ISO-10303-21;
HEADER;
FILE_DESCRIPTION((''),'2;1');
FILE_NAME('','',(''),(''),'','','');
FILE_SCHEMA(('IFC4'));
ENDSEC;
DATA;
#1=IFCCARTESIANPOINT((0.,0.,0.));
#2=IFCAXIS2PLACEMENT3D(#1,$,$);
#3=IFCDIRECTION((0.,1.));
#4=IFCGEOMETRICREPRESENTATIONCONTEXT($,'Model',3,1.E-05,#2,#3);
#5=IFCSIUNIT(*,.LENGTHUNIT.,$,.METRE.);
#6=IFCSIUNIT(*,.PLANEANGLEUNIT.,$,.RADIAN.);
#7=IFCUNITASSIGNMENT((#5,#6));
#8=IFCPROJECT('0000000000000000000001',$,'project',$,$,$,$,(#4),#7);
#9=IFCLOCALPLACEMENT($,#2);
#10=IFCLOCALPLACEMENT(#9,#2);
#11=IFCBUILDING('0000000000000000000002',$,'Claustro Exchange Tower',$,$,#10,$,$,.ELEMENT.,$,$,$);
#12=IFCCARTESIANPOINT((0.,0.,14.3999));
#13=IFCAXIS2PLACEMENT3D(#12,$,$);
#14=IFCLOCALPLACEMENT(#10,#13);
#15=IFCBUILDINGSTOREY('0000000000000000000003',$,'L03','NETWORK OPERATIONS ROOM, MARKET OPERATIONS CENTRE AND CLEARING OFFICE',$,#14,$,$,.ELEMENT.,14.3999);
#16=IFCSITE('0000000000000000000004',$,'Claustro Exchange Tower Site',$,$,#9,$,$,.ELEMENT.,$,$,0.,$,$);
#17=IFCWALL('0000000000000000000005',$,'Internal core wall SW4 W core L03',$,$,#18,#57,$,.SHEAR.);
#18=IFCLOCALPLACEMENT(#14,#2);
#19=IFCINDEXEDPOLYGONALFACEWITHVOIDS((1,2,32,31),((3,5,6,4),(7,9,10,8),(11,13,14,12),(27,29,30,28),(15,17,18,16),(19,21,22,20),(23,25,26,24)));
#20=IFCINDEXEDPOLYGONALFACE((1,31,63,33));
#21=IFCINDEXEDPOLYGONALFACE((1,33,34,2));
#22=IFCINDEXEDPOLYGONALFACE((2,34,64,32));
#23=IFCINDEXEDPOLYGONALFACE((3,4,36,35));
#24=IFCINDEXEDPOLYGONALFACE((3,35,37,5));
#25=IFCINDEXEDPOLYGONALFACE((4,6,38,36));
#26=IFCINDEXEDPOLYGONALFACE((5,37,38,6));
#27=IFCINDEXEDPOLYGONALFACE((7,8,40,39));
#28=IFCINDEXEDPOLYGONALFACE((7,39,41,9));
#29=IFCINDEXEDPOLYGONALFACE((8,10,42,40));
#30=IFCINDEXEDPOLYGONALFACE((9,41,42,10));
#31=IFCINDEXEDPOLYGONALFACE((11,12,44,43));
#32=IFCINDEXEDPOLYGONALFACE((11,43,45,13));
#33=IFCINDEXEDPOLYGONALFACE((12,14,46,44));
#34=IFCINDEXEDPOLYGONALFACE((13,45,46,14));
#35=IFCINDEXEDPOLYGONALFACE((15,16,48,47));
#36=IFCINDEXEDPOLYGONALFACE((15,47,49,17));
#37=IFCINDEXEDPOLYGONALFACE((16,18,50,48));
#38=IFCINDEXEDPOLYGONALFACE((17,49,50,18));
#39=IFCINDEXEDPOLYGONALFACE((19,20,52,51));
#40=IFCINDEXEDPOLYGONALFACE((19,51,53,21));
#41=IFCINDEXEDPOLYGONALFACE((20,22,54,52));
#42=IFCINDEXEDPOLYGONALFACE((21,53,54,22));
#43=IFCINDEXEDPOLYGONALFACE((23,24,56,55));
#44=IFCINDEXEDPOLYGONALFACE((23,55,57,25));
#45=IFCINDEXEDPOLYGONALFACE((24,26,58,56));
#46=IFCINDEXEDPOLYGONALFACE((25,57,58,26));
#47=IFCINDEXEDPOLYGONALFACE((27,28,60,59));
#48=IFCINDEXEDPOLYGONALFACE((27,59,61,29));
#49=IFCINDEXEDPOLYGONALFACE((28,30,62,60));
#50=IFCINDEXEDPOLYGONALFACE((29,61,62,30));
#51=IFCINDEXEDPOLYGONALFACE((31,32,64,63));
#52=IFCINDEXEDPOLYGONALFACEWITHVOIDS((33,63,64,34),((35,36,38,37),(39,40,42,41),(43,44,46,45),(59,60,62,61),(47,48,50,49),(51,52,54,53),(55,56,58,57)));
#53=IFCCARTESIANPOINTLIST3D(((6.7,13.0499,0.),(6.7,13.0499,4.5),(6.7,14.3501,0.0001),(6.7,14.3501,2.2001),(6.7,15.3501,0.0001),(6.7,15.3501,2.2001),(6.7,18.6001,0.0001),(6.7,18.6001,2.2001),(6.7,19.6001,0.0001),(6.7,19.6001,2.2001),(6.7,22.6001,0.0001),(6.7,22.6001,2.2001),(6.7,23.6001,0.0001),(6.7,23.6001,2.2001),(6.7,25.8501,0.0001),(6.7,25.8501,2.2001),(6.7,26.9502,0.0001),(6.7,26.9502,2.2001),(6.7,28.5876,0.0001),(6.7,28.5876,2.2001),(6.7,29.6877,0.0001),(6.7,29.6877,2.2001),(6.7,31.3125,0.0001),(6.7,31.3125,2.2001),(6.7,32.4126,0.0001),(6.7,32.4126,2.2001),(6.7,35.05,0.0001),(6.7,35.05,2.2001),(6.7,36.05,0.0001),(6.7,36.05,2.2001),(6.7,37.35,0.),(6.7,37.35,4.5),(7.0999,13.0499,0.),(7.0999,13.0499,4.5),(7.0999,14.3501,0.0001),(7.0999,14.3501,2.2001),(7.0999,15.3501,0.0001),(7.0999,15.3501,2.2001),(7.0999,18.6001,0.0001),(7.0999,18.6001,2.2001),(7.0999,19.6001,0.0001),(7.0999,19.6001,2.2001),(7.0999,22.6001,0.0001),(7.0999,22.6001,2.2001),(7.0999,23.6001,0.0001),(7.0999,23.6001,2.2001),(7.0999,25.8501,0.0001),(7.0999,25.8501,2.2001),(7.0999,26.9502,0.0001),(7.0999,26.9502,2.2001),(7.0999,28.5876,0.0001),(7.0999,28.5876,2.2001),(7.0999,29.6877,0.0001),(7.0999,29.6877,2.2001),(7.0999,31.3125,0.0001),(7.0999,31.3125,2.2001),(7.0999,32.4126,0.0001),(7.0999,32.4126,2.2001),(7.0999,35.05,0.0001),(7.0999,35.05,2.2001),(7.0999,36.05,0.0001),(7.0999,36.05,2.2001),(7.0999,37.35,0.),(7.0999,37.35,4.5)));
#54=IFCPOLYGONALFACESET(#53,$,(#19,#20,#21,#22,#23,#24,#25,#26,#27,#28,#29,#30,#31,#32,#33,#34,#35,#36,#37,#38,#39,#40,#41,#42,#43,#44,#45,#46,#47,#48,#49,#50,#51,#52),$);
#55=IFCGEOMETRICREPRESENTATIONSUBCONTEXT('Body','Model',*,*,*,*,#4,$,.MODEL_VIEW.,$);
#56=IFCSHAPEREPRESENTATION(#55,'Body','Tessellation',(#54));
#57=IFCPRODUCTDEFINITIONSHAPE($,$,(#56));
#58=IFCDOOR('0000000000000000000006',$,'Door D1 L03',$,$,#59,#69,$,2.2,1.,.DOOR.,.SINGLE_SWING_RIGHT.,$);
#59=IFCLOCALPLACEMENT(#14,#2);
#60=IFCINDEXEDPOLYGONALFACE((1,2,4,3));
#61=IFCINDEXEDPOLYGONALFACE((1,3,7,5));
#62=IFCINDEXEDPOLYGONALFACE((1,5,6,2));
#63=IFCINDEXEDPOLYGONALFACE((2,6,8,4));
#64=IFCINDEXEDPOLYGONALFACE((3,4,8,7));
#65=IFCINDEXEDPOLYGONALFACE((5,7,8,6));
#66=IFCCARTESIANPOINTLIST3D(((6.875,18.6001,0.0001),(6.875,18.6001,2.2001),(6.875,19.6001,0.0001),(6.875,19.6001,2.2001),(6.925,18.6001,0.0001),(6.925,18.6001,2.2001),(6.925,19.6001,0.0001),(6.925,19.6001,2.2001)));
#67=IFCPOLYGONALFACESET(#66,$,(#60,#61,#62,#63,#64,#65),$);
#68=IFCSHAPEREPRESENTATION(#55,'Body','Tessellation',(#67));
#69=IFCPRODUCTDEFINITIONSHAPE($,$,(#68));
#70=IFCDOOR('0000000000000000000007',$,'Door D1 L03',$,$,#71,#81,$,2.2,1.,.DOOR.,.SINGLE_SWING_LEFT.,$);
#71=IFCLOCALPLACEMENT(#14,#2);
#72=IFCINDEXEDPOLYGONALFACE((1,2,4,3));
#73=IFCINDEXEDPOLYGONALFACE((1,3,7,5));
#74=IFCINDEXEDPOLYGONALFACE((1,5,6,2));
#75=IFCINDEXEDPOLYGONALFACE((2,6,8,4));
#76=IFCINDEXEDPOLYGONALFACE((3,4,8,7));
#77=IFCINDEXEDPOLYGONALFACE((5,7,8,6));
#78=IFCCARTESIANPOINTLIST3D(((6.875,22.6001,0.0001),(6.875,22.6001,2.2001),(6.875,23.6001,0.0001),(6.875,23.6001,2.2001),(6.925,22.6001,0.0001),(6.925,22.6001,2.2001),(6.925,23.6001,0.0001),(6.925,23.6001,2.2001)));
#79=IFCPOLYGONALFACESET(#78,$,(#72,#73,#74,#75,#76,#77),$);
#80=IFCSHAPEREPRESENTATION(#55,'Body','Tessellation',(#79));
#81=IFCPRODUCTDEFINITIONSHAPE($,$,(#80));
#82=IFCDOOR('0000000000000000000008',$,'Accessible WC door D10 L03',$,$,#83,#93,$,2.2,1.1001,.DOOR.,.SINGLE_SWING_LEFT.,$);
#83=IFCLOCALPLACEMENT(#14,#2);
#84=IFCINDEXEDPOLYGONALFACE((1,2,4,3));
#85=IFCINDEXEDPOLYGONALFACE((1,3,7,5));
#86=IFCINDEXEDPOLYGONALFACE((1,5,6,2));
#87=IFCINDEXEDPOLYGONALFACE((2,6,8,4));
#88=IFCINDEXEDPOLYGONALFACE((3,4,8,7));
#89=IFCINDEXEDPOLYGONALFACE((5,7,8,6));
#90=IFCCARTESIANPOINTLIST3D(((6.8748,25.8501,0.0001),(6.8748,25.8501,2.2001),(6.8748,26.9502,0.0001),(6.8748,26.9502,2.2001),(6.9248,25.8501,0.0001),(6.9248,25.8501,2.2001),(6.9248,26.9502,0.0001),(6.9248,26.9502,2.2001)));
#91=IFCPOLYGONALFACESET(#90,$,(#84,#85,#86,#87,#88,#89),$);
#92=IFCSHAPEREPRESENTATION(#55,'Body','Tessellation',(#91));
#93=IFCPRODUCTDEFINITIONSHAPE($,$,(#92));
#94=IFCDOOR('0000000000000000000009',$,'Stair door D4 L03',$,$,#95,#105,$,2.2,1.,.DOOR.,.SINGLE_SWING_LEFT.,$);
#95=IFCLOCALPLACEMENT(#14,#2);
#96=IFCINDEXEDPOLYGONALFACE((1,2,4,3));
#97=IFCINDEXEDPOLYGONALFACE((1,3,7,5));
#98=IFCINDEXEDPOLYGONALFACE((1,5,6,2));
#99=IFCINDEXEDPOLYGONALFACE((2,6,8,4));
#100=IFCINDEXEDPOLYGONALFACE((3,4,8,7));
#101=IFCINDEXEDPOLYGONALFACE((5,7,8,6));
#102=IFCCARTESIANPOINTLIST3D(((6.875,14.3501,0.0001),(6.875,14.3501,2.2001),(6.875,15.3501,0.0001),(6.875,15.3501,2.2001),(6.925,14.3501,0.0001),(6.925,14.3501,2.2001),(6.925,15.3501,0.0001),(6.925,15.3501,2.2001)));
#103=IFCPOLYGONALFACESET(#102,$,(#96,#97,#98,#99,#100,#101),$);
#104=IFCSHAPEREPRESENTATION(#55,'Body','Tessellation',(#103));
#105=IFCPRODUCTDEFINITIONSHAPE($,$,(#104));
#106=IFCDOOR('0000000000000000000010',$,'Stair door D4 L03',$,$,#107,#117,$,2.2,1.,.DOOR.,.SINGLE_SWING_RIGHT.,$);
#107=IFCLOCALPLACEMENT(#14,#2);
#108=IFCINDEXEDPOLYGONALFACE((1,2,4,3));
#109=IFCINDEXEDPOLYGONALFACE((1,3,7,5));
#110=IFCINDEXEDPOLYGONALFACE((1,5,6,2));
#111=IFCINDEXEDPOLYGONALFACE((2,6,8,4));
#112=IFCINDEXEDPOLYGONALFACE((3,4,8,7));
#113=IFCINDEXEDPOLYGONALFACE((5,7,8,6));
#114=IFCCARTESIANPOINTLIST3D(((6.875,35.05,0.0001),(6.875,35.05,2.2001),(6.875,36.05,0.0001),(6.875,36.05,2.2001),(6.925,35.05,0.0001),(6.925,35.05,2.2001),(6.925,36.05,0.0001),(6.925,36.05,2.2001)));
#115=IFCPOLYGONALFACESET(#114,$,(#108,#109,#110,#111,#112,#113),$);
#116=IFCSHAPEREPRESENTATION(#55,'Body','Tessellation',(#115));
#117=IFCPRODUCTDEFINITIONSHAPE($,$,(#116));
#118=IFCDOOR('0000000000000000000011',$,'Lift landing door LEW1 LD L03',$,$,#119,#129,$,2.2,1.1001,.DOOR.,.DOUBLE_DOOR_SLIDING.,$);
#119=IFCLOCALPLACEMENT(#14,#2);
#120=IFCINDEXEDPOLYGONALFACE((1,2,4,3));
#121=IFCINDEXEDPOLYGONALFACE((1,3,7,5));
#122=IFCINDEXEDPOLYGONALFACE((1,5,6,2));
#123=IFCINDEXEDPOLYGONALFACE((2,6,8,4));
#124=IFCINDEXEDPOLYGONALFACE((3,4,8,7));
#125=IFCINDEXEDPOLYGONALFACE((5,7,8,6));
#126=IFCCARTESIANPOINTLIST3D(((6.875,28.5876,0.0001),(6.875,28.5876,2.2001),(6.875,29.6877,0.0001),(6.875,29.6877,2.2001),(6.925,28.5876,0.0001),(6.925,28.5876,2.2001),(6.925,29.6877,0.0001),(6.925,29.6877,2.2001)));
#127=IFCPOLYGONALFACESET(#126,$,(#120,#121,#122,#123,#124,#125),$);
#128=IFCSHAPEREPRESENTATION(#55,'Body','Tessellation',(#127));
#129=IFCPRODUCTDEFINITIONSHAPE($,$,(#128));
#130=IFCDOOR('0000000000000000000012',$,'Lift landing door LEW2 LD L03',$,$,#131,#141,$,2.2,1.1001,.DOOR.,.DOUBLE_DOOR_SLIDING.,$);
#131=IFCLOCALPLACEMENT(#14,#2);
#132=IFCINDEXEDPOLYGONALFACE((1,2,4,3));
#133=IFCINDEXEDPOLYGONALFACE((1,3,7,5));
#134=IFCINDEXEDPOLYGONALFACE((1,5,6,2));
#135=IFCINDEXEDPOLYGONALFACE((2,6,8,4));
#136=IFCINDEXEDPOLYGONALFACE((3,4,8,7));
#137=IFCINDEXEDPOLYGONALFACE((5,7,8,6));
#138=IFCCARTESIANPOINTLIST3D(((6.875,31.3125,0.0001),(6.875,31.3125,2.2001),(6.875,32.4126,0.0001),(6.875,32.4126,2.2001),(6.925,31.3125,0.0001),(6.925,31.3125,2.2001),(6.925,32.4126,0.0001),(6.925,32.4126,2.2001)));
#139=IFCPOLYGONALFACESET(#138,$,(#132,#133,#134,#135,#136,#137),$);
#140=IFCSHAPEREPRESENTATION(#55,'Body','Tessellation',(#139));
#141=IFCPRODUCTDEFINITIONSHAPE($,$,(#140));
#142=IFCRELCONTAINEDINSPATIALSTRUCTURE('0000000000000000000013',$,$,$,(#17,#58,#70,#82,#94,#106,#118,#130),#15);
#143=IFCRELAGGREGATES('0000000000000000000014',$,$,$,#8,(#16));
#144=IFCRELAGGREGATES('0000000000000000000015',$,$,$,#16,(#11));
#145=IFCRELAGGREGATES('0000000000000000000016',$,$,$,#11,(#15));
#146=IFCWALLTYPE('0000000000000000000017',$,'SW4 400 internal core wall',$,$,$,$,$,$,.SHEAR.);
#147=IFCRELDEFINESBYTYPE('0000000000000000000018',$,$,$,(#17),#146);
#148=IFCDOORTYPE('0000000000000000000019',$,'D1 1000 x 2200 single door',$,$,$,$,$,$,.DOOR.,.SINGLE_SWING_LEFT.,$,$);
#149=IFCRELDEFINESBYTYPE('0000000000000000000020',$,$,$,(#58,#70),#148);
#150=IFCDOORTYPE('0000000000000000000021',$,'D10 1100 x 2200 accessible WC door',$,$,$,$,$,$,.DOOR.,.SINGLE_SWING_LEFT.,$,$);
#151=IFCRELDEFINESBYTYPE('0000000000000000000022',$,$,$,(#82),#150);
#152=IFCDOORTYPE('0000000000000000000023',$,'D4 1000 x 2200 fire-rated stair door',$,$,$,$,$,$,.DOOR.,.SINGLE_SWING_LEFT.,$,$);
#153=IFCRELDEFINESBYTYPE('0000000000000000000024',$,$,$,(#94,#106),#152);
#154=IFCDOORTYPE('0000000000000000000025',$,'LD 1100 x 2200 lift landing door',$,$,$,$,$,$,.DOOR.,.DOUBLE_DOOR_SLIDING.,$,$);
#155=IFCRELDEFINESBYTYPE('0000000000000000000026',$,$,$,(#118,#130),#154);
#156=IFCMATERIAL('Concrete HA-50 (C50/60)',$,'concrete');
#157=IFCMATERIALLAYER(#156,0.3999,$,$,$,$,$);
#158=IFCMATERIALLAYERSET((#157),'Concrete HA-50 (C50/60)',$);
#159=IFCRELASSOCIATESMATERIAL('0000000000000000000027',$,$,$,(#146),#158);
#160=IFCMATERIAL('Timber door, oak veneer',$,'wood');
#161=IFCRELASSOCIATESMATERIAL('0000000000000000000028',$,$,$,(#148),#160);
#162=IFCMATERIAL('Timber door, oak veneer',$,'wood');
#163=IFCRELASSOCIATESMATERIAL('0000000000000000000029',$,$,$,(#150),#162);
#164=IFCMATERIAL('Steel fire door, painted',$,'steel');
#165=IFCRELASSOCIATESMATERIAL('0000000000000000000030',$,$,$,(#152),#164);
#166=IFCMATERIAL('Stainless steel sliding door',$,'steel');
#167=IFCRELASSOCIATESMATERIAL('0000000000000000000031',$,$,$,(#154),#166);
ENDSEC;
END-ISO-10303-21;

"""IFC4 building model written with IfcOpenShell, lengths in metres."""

from ifc_helpers import new_model, si_unit, direction, frame, frame_2d, origin, place, context, subcontext, project, spatial, rectangle, extrude, material, layer, layer_set, type_object, element, fill, save


model = new_model("IFC4")

# Units and contexts
model_context = context("Model", 3, precision=1e-05, world=origin(), true_north=direction((0.0, 1.0)))
body_context = subcontext(model_context, "Body", "Model", "MODEL_VIEW")
ifc_project = project(units=[si_unit("LENGTHUNIT", "METRE"), si_unit("PLANEANGLEUNIT", "RADIAN")], contexts=[model_context])

# Site, building, storey
site_placement = place(None, origin())
site = spatial("IfcSite", under=ifc_project, at=site_placement, Name="Claustro Exchange Tower Site", CompositionType="ELEMENT", RefElevation=0.0)
building_placement = place(site_placement, origin())
building = spatial("IfcBuilding", under=site, at=building_placement, Name="Claustro Exchange Tower", CompositionType="ELEMENT")
storey_placement = place(building_placement, frame((0.0, 0.0, 14.3999)))
storey = spatial("IfcBuildingStorey", under=building, at=storey_placement, Name="L03", Description="NETWORK OPERATIONS ROOM, MARKET OPERATIONS CENTRE AND CLEARING OFFICE", CompositionType="ELEMENT", Elevation=14.3999)

# Wall, openings, doors
ifc_material_1 = material(Name="Concrete HA-50 (C50/60)", Category="concrete")
ifc_layer = layer(ifc_material_1, 0.3999)
ifc_layer_set = layer_set([ifc_layer], Name="Concrete HA-50 (C50/60)")
wall_type = type_object("IfcWallType", Name="SW4 400 internal core wall", PredefinedType="SHEAR", material=ifc_layer_set)
wall_1_placement = place(storey_placement, frame((6.8999, 13.05, 0.0), z_axis=(0.0, 0.0, 1.0), x_axis=(0.0, 1.0, 0.0)))
wall_1 = element("IfcWall", 1, at=wall_1_placement, inside=storey, type_object=wall_type, Name="Internal core wall SW4 W core L03", PredefinedType="SHEAR", context=body_context, shape_type="SweptSolid", body=[
    extrude(rectangle(XDim=24.3, YDim=0.3999, at=frame_2d((12.1499, 0.0))), origin(), (0.0, 0.0, 1.0), 4.5),
])
opening_1_placement = place(wall_1_placement, frame((1.3, 0.0, 0.0)))
opening_1 = element("IfcOpeningElement", 2, at=opening_1_placement, cuts=wall_1, PredefinedType="OPENING", context=body_context, shape_type="SweptSolid", body=[
    extrude(rectangle(XDim=1.0, YDim=2.2, at=frame_2d((0.5, 1.1001))), frame((0.0, 0.21, 0.0), z_axis=(0.0, -1.0, 0.0), x_axis=(1.0, 0.0, 0.0)), (0.0, 0.0, 1.0), 0.4199),
])
opening_2_placement = place(wall_1_placement, frame((22.0, 0.0, 0.0)))
opening_2 = element("IfcOpeningElement", 3, at=opening_2_placement, cuts=wall_1, PredefinedType="OPENING", context=body_context, shape_type="SweptSolid", body=[
    extrude(rectangle(XDim=1.0, YDim=2.2, at=frame_2d((0.5, 1.1001))), frame((0.0, 0.21, 0.0), z_axis=(0.0, -1.0, 0.0), x_axis=(1.0, 0.0, 0.0)), (0.0, 0.0, 1.0), 0.4199),
])
opening_3_placement = place(wall_1_placement, frame((5.55, 0.0, 0.0)))
opening_3 = element("IfcOpeningElement", 4, at=opening_3_placement, cuts=wall_1, PredefinedType="OPENING", context=body_context, shape_type="SweptSolid", body=[
    extrude(rectangle(XDim=1.0, YDim=2.2, at=frame_2d((0.5, 1.1001))), frame((0.0, 0.21, 0.0), z_axis=(0.0, -1.0, 0.0), x_axis=(1.0, 0.0, 0.0)), (0.0, 0.0, 1.0), 0.4199),
])
opening_4_placement = place(wall_1_placement, frame((9.55, 0.0, 0.0)))
opening_4 = element("IfcOpeningElement", 5, at=opening_4_placement, cuts=wall_1, PredefinedType="OPENING", context=body_context, shape_type="SweptSolid", body=[
    extrude(rectangle(XDim=1.0, YDim=2.2, at=frame_2d((0.5, 1.1001))), frame((0.0, 0.21, 0.0), z_axis=(0.0, -1.0, 0.0), x_axis=(1.0, 0.0, 0.0)), (0.0, 0.0, 1.0), 0.4199),
])
opening_5_placement = place(wall_1_placement, frame((12.8, 0.0, 0.0)))
opening_5 = element("IfcOpeningElement", 6, at=opening_5_placement, cuts=wall_1, PredefinedType="OPENING", context=body_context, shape_type="SweptSolid", body=[
    extrude(rectangle(XDim=1.1001, YDim=2.2, at=frame_2d((0.55, 1.1001))), frame((0.0, 0.21, 0.0), z_axis=(0.0, -1.0, 0.0), x_axis=(1.0, 0.0, 0.0)), (0.0, 0.0, 1.0), 0.4199),
])
opening_6_placement = place(wall_1_placement, frame((15.5376, 0.0, 0.0)))
opening_6 = element("IfcOpeningElement", 7, at=opening_6_placement, cuts=wall_1, PredefinedType="OPENING", context=body_context, shape_type="SweptSolid", body=[
    extrude(rectangle(XDim=1.1001, YDim=2.2, at=frame_2d((0.55, 1.1001))), frame((0.0, 0.21, 0.0), z_axis=(0.0, -1.0, 0.0), x_axis=(1.0, 0.0, 0.0)), (0.0, 0.0, 1.0), 0.4199),
])
opening_7_placement = place(wall_1_placement, frame((18.2625, 0.0, 0.0)))
opening_7 = element("IfcOpeningElement", 8, at=opening_7_placement, cuts=wall_1, PredefinedType="OPENING", context=body_context, shape_type="SweptSolid", body=[
    extrude(rectangle(XDim=1.1001, YDim=2.2, at=frame_2d((0.55, 1.1001))), frame((0.0, 0.21, 0.0), z_axis=(0.0, -1.0, 0.0), x_axis=(1.0, 0.0, 0.0)), (0.0, 0.0, 1.0), 0.4199),
])
ifc_material_2 = material(Name="Timber door, oak veneer", Category="wood")
door_type_1 = type_object("IfcDoorType", Name="D1 1000 x 2200 single door", OperationType="SINGLE_SWING_LEFT", PredefinedType="DOOR", material=ifc_material_2)
door_1_placement = place(opening_3_placement, origin())
door_1 = element("IfcDoor", 9, at=door_1_placement, inside=storey, type_object=door_type_1, Name="Door D1 L03", OperationType="SINGLE_SWING_RIGHT", OverallHeight=2.2, OverallWidth=1.0, PredefinedType="DOOR", context=body_context, shape_type="SweptSolid", body=[
    extrude(rectangle(XDim=1.0, YDim=2.2, at=frame_2d((0.5, 1.1001))), frame((0.0, 0.0249, 0.0), z_axis=(0.0, -1.0, 0.0), x_axis=(1.0, 0.0, 0.0)), (0.0, 0.0, 1.0), 0.05),
])
fill(opening_3, door_1)
door_2_placement = place(opening_4_placement, origin())
door_2 = element("IfcDoor", 10, at=door_2_placement, inside=storey, type_object=door_type_1, Name="Door D1 L03", OperationType="SINGLE_SWING_LEFT", OverallHeight=2.2, OverallWidth=1.0, PredefinedType="DOOR", context=body_context, shape_type="SweptSolid", body=[
    extrude(rectangle(XDim=1.0, YDim=2.2, at=frame_2d((0.5, 1.1001))), frame((0.0, 0.0249, 0.0), z_axis=(0.0, -1.0, 0.0), x_axis=(1.0, 0.0, 0.0)), (0.0, 0.0, 1.0), 0.05),
])
fill(opening_4, door_2)
ifc_material_3 = material(Name="Timber door, oak veneer", Category="wood")
door_type_2 = type_object("IfcDoorType", Name="D10 1100 x 2200 accessible WC door", OperationType="SINGLE_SWING_LEFT", PredefinedType="DOOR", material=ifc_material_3)
door_3_placement = place(opening_5_placement, frame((1.1001, 0.0, 0.0), z_axis=(0.0, 0.0, 1.0), x_axis=(-1.0, 0.0, 0.0)))
door_3 = element("IfcDoor", 11, at=door_3_placement, inside=storey, type_object=door_type_2, Name="Accessible WC door D10 L03", OperationType="SINGLE_SWING_LEFT", OverallHeight=2.2, OverallWidth=1.1001, PredefinedType="DOOR", context=body_context, shape_type="SweptSolid", body=[
    extrude(rectangle(XDim=1.1001, YDim=2.2, at=frame_2d((0.55, 1.1001))), frame((0.0, 0.0249, 0.0), z_axis=(0.0, -1.0, 0.0), x_axis=(1.0, 0.0, 0.0)), (0.0, 0.0, 1.0), 0.05),
])
fill(opening_5, door_3)
ifc_material_4 = material(Name="Steel fire door, painted", Category="steel")
door_type_3 = type_object("IfcDoorType", Name="D4 1000 x 2200 fire-rated stair door", OperationType="SINGLE_SWING_LEFT", PredefinedType="DOOR", material=ifc_material_4)
door_4_placement = place(opening_1_placement, origin())
door_4 = element("IfcDoor", 12, at=door_4_placement, inside=storey, type_object=door_type_3, Name="Stair door D4 L03", OperationType="SINGLE_SWING_LEFT", OverallHeight=2.2, OverallWidth=1.0, PredefinedType="DOOR", context=body_context, shape_type="SweptSolid", body=[
    extrude(rectangle(XDim=1.0, YDim=2.2, at=frame_2d((0.5, 1.1001))), frame((0.0, 0.0249, 0.0), z_axis=(0.0, -1.0, 0.0), x_axis=(1.0, 0.0, 0.0)), (0.0, 0.0, 1.0), 0.05),
])
fill(opening_1, door_4)
door_5_placement = place(opening_2_placement, origin())
door_5 = element("IfcDoor", 13, at=door_5_placement, inside=storey, type_object=door_type_3, Name="Stair door D4 L03", OperationType="SINGLE_SWING_RIGHT", OverallHeight=2.2, OverallWidth=1.0, PredefinedType="DOOR", context=body_context, shape_type="SweptSolid", body=[
    extrude(rectangle(XDim=1.0, YDim=2.2, at=frame_2d((0.5, 1.1001))), frame((0.0, 0.0249, 0.0), z_axis=(0.0, -1.0, 0.0), x_axis=(1.0, 0.0, 0.0)), (0.0, 0.0, 1.0), 0.05),
])
fill(opening_2, door_5)
ifc_material_5 = material(Name="Stainless steel sliding door", Category="steel")
door_type_4 = type_object("IfcDoorType", Name="LD 1100 x 2200 lift landing door", OperationType="DOUBLE_DOOR_SLIDING", PredefinedType="DOOR", material=ifc_material_5)
door_6_placement = place(opening_6_placement, origin())
door_6 = element("IfcDoor", 14, at=door_6_placement, inside=storey, type_object=door_type_4, Name="Lift landing door LEW1 LD L03", OperationType="DOUBLE_DOOR_SLIDING", OverallHeight=2.2, OverallWidth=1.1001, PredefinedType="DOOR", context=body_context, shape_type="SweptSolid", body=[
    extrude(rectangle(XDim=1.1001, YDim=2.2, at=frame_2d((0.55, 1.1001))), frame((0.0, 0.0249, 0.0), z_axis=(0.0, -1.0, 0.0), x_axis=(1.0, 0.0, 0.0)), (0.0, 0.0, 1.0), 0.05),
])
fill(opening_6, door_6)
door_7_placement = place(opening_7_placement, origin())
door_7 = element("IfcDoor", 15, at=door_7_placement, inside=storey, type_object=door_type_4, Name="Lift landing door LEW2 LD L03", OperationType="DOUBLE_DOOR_SLIDING", OverallHeight=2.2, OverallWidth=1.1001, PredefinedType="DOOR", context=body_context, shape_type="SweptSolid", body=[
    extrude(rectangle(XDim=1.1001, YDim=2.2, at=frame_2d((0.55, 1.1001))), frame((0.0, 0.0249, 0.0), z_axis=(0.0, -1.0, 0.0), x_axis=(1.0, 0.0, 0.0)), (0.0, 0.0, 1.0), 0.05),
])
fill(opening_7, door_7)

save(model, "model.ifc")
